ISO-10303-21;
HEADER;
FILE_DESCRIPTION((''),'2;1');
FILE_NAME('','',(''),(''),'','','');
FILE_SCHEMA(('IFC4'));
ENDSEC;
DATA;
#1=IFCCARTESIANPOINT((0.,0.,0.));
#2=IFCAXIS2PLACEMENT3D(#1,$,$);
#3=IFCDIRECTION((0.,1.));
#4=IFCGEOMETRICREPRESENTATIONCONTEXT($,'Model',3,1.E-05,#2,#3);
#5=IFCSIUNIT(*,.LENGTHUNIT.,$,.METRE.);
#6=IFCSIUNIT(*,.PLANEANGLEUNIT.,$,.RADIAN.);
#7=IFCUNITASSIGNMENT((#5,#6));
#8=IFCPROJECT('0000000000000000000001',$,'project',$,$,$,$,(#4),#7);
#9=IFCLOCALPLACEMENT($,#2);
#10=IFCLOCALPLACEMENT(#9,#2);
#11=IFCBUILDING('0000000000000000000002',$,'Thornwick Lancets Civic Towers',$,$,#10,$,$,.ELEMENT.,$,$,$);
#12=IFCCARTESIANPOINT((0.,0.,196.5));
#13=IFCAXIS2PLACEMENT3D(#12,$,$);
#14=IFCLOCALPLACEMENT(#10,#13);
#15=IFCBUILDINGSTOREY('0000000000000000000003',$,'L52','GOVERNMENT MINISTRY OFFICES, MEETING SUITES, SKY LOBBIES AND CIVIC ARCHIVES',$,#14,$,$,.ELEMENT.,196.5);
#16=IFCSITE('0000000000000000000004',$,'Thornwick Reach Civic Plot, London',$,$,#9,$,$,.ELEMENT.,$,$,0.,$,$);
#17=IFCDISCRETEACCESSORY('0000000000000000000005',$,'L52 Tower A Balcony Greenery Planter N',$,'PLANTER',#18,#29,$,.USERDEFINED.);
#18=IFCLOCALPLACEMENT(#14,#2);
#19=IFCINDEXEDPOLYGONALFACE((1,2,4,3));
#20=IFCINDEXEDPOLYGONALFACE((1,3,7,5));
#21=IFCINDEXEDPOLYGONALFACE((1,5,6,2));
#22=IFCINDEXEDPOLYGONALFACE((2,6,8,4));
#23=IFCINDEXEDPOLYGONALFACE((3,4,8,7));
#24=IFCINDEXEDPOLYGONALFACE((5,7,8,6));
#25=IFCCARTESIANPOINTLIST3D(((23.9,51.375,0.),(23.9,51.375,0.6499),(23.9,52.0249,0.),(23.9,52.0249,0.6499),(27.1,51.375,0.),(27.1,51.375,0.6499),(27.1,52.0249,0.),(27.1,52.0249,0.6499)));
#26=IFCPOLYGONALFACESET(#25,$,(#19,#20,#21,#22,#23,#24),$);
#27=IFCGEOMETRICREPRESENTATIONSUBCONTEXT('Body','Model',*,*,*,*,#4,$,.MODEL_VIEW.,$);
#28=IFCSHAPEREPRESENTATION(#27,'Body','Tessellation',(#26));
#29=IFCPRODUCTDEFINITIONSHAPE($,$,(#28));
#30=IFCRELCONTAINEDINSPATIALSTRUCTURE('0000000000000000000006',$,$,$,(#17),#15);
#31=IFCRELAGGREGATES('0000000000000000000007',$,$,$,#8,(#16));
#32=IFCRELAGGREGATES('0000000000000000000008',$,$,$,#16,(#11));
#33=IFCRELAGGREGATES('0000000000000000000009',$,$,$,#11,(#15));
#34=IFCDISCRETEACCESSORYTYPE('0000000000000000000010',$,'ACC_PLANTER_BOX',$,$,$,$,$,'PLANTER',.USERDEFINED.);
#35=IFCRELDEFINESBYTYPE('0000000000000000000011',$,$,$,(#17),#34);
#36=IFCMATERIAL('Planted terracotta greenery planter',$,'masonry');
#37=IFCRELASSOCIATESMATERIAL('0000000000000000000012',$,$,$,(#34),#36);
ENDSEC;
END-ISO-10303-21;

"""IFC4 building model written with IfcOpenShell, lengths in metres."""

from ifc_helpers import new_model, si_unit, direction, frame, origin, origin_2d, place, context, subcontext, project, spatial, rectangle, extrude, material, type_object, element, save


model = new_model("IFC4")

# Units and contexts
model_context = context("Model", 3, precision=1e-05, world=origin(), true_north=direction((0.0, 1.0)))
body_context = subcontext(model_context, "Body", "Model", "MODEL_VIEW")
ifc_project = project(units=[si_unit("LENGTHUNIT", "METRE"), si_unit("PLANEANGLEUNIT", "RADIAN")], contexts=[model_context])

# Site, building, storey
site_placement = place(None, origin())
site = spatial("IfcSite", under=ifc_project, at=site_placement, Name="Thornwick Reach Civic Plot, London", CompositionType="ELEMENT", RefElevation=0.0)
building_placement = place(site_placement, origin())
building = spatial("IfcBuilding", under=site, at=building_placement, Name="Thornwick Lancets Civic Towers", CompositionType="ELEMENT")
storey_placement = place(building_placement, frame((0.0, 0.0, 196.5)))
storey = spatial("IfcBuildingStorey", under=building, at=storey_placement, Name="L52", Description="GOVERNMENT MINISTRY OFFICES, MEETING SUITES, SKY LOBBIES AND CIVIC ARCHIVES", CompositionType="ELEMENT", Elevation=196.5)

# Discrete accessory
ifc_material_1 = material(Name="Planted terracotta greenery planter", Category="masonry")
discrete_accessory_type = type_object("IfcDiscreteAccessoryType", Name="ACC_PLANTER_BOX", ElementType="PLANTER", PredefinedType="USERDEFINED", material=ifc_material_1)
discrete_accessory_placement = place(storey_placement, frame((25.5, 51.7, 0.0), z_axis=(0.0, 0.0, 1.0), x_axis=(1.0, 0.0, 0.0)))
element("IfcDiscreteAccessory", 1, at=discrete_accessory_placement, inside=storey, type_object=discrete_accessory_type, Name="L52 Tower A Balcony Greenery Planter N", ObjectType="PLANTER", PredefinedType="USERDEFINED", context=body_context, shape_type="SweptSolid", body=[
    extrude(rectangle(XDim=3.2, YDim=0.6499, at=origin_2d()), origin(), (0.0, 0.0, 1.0), 0.6499),
])

save(model, "model.ifc")
